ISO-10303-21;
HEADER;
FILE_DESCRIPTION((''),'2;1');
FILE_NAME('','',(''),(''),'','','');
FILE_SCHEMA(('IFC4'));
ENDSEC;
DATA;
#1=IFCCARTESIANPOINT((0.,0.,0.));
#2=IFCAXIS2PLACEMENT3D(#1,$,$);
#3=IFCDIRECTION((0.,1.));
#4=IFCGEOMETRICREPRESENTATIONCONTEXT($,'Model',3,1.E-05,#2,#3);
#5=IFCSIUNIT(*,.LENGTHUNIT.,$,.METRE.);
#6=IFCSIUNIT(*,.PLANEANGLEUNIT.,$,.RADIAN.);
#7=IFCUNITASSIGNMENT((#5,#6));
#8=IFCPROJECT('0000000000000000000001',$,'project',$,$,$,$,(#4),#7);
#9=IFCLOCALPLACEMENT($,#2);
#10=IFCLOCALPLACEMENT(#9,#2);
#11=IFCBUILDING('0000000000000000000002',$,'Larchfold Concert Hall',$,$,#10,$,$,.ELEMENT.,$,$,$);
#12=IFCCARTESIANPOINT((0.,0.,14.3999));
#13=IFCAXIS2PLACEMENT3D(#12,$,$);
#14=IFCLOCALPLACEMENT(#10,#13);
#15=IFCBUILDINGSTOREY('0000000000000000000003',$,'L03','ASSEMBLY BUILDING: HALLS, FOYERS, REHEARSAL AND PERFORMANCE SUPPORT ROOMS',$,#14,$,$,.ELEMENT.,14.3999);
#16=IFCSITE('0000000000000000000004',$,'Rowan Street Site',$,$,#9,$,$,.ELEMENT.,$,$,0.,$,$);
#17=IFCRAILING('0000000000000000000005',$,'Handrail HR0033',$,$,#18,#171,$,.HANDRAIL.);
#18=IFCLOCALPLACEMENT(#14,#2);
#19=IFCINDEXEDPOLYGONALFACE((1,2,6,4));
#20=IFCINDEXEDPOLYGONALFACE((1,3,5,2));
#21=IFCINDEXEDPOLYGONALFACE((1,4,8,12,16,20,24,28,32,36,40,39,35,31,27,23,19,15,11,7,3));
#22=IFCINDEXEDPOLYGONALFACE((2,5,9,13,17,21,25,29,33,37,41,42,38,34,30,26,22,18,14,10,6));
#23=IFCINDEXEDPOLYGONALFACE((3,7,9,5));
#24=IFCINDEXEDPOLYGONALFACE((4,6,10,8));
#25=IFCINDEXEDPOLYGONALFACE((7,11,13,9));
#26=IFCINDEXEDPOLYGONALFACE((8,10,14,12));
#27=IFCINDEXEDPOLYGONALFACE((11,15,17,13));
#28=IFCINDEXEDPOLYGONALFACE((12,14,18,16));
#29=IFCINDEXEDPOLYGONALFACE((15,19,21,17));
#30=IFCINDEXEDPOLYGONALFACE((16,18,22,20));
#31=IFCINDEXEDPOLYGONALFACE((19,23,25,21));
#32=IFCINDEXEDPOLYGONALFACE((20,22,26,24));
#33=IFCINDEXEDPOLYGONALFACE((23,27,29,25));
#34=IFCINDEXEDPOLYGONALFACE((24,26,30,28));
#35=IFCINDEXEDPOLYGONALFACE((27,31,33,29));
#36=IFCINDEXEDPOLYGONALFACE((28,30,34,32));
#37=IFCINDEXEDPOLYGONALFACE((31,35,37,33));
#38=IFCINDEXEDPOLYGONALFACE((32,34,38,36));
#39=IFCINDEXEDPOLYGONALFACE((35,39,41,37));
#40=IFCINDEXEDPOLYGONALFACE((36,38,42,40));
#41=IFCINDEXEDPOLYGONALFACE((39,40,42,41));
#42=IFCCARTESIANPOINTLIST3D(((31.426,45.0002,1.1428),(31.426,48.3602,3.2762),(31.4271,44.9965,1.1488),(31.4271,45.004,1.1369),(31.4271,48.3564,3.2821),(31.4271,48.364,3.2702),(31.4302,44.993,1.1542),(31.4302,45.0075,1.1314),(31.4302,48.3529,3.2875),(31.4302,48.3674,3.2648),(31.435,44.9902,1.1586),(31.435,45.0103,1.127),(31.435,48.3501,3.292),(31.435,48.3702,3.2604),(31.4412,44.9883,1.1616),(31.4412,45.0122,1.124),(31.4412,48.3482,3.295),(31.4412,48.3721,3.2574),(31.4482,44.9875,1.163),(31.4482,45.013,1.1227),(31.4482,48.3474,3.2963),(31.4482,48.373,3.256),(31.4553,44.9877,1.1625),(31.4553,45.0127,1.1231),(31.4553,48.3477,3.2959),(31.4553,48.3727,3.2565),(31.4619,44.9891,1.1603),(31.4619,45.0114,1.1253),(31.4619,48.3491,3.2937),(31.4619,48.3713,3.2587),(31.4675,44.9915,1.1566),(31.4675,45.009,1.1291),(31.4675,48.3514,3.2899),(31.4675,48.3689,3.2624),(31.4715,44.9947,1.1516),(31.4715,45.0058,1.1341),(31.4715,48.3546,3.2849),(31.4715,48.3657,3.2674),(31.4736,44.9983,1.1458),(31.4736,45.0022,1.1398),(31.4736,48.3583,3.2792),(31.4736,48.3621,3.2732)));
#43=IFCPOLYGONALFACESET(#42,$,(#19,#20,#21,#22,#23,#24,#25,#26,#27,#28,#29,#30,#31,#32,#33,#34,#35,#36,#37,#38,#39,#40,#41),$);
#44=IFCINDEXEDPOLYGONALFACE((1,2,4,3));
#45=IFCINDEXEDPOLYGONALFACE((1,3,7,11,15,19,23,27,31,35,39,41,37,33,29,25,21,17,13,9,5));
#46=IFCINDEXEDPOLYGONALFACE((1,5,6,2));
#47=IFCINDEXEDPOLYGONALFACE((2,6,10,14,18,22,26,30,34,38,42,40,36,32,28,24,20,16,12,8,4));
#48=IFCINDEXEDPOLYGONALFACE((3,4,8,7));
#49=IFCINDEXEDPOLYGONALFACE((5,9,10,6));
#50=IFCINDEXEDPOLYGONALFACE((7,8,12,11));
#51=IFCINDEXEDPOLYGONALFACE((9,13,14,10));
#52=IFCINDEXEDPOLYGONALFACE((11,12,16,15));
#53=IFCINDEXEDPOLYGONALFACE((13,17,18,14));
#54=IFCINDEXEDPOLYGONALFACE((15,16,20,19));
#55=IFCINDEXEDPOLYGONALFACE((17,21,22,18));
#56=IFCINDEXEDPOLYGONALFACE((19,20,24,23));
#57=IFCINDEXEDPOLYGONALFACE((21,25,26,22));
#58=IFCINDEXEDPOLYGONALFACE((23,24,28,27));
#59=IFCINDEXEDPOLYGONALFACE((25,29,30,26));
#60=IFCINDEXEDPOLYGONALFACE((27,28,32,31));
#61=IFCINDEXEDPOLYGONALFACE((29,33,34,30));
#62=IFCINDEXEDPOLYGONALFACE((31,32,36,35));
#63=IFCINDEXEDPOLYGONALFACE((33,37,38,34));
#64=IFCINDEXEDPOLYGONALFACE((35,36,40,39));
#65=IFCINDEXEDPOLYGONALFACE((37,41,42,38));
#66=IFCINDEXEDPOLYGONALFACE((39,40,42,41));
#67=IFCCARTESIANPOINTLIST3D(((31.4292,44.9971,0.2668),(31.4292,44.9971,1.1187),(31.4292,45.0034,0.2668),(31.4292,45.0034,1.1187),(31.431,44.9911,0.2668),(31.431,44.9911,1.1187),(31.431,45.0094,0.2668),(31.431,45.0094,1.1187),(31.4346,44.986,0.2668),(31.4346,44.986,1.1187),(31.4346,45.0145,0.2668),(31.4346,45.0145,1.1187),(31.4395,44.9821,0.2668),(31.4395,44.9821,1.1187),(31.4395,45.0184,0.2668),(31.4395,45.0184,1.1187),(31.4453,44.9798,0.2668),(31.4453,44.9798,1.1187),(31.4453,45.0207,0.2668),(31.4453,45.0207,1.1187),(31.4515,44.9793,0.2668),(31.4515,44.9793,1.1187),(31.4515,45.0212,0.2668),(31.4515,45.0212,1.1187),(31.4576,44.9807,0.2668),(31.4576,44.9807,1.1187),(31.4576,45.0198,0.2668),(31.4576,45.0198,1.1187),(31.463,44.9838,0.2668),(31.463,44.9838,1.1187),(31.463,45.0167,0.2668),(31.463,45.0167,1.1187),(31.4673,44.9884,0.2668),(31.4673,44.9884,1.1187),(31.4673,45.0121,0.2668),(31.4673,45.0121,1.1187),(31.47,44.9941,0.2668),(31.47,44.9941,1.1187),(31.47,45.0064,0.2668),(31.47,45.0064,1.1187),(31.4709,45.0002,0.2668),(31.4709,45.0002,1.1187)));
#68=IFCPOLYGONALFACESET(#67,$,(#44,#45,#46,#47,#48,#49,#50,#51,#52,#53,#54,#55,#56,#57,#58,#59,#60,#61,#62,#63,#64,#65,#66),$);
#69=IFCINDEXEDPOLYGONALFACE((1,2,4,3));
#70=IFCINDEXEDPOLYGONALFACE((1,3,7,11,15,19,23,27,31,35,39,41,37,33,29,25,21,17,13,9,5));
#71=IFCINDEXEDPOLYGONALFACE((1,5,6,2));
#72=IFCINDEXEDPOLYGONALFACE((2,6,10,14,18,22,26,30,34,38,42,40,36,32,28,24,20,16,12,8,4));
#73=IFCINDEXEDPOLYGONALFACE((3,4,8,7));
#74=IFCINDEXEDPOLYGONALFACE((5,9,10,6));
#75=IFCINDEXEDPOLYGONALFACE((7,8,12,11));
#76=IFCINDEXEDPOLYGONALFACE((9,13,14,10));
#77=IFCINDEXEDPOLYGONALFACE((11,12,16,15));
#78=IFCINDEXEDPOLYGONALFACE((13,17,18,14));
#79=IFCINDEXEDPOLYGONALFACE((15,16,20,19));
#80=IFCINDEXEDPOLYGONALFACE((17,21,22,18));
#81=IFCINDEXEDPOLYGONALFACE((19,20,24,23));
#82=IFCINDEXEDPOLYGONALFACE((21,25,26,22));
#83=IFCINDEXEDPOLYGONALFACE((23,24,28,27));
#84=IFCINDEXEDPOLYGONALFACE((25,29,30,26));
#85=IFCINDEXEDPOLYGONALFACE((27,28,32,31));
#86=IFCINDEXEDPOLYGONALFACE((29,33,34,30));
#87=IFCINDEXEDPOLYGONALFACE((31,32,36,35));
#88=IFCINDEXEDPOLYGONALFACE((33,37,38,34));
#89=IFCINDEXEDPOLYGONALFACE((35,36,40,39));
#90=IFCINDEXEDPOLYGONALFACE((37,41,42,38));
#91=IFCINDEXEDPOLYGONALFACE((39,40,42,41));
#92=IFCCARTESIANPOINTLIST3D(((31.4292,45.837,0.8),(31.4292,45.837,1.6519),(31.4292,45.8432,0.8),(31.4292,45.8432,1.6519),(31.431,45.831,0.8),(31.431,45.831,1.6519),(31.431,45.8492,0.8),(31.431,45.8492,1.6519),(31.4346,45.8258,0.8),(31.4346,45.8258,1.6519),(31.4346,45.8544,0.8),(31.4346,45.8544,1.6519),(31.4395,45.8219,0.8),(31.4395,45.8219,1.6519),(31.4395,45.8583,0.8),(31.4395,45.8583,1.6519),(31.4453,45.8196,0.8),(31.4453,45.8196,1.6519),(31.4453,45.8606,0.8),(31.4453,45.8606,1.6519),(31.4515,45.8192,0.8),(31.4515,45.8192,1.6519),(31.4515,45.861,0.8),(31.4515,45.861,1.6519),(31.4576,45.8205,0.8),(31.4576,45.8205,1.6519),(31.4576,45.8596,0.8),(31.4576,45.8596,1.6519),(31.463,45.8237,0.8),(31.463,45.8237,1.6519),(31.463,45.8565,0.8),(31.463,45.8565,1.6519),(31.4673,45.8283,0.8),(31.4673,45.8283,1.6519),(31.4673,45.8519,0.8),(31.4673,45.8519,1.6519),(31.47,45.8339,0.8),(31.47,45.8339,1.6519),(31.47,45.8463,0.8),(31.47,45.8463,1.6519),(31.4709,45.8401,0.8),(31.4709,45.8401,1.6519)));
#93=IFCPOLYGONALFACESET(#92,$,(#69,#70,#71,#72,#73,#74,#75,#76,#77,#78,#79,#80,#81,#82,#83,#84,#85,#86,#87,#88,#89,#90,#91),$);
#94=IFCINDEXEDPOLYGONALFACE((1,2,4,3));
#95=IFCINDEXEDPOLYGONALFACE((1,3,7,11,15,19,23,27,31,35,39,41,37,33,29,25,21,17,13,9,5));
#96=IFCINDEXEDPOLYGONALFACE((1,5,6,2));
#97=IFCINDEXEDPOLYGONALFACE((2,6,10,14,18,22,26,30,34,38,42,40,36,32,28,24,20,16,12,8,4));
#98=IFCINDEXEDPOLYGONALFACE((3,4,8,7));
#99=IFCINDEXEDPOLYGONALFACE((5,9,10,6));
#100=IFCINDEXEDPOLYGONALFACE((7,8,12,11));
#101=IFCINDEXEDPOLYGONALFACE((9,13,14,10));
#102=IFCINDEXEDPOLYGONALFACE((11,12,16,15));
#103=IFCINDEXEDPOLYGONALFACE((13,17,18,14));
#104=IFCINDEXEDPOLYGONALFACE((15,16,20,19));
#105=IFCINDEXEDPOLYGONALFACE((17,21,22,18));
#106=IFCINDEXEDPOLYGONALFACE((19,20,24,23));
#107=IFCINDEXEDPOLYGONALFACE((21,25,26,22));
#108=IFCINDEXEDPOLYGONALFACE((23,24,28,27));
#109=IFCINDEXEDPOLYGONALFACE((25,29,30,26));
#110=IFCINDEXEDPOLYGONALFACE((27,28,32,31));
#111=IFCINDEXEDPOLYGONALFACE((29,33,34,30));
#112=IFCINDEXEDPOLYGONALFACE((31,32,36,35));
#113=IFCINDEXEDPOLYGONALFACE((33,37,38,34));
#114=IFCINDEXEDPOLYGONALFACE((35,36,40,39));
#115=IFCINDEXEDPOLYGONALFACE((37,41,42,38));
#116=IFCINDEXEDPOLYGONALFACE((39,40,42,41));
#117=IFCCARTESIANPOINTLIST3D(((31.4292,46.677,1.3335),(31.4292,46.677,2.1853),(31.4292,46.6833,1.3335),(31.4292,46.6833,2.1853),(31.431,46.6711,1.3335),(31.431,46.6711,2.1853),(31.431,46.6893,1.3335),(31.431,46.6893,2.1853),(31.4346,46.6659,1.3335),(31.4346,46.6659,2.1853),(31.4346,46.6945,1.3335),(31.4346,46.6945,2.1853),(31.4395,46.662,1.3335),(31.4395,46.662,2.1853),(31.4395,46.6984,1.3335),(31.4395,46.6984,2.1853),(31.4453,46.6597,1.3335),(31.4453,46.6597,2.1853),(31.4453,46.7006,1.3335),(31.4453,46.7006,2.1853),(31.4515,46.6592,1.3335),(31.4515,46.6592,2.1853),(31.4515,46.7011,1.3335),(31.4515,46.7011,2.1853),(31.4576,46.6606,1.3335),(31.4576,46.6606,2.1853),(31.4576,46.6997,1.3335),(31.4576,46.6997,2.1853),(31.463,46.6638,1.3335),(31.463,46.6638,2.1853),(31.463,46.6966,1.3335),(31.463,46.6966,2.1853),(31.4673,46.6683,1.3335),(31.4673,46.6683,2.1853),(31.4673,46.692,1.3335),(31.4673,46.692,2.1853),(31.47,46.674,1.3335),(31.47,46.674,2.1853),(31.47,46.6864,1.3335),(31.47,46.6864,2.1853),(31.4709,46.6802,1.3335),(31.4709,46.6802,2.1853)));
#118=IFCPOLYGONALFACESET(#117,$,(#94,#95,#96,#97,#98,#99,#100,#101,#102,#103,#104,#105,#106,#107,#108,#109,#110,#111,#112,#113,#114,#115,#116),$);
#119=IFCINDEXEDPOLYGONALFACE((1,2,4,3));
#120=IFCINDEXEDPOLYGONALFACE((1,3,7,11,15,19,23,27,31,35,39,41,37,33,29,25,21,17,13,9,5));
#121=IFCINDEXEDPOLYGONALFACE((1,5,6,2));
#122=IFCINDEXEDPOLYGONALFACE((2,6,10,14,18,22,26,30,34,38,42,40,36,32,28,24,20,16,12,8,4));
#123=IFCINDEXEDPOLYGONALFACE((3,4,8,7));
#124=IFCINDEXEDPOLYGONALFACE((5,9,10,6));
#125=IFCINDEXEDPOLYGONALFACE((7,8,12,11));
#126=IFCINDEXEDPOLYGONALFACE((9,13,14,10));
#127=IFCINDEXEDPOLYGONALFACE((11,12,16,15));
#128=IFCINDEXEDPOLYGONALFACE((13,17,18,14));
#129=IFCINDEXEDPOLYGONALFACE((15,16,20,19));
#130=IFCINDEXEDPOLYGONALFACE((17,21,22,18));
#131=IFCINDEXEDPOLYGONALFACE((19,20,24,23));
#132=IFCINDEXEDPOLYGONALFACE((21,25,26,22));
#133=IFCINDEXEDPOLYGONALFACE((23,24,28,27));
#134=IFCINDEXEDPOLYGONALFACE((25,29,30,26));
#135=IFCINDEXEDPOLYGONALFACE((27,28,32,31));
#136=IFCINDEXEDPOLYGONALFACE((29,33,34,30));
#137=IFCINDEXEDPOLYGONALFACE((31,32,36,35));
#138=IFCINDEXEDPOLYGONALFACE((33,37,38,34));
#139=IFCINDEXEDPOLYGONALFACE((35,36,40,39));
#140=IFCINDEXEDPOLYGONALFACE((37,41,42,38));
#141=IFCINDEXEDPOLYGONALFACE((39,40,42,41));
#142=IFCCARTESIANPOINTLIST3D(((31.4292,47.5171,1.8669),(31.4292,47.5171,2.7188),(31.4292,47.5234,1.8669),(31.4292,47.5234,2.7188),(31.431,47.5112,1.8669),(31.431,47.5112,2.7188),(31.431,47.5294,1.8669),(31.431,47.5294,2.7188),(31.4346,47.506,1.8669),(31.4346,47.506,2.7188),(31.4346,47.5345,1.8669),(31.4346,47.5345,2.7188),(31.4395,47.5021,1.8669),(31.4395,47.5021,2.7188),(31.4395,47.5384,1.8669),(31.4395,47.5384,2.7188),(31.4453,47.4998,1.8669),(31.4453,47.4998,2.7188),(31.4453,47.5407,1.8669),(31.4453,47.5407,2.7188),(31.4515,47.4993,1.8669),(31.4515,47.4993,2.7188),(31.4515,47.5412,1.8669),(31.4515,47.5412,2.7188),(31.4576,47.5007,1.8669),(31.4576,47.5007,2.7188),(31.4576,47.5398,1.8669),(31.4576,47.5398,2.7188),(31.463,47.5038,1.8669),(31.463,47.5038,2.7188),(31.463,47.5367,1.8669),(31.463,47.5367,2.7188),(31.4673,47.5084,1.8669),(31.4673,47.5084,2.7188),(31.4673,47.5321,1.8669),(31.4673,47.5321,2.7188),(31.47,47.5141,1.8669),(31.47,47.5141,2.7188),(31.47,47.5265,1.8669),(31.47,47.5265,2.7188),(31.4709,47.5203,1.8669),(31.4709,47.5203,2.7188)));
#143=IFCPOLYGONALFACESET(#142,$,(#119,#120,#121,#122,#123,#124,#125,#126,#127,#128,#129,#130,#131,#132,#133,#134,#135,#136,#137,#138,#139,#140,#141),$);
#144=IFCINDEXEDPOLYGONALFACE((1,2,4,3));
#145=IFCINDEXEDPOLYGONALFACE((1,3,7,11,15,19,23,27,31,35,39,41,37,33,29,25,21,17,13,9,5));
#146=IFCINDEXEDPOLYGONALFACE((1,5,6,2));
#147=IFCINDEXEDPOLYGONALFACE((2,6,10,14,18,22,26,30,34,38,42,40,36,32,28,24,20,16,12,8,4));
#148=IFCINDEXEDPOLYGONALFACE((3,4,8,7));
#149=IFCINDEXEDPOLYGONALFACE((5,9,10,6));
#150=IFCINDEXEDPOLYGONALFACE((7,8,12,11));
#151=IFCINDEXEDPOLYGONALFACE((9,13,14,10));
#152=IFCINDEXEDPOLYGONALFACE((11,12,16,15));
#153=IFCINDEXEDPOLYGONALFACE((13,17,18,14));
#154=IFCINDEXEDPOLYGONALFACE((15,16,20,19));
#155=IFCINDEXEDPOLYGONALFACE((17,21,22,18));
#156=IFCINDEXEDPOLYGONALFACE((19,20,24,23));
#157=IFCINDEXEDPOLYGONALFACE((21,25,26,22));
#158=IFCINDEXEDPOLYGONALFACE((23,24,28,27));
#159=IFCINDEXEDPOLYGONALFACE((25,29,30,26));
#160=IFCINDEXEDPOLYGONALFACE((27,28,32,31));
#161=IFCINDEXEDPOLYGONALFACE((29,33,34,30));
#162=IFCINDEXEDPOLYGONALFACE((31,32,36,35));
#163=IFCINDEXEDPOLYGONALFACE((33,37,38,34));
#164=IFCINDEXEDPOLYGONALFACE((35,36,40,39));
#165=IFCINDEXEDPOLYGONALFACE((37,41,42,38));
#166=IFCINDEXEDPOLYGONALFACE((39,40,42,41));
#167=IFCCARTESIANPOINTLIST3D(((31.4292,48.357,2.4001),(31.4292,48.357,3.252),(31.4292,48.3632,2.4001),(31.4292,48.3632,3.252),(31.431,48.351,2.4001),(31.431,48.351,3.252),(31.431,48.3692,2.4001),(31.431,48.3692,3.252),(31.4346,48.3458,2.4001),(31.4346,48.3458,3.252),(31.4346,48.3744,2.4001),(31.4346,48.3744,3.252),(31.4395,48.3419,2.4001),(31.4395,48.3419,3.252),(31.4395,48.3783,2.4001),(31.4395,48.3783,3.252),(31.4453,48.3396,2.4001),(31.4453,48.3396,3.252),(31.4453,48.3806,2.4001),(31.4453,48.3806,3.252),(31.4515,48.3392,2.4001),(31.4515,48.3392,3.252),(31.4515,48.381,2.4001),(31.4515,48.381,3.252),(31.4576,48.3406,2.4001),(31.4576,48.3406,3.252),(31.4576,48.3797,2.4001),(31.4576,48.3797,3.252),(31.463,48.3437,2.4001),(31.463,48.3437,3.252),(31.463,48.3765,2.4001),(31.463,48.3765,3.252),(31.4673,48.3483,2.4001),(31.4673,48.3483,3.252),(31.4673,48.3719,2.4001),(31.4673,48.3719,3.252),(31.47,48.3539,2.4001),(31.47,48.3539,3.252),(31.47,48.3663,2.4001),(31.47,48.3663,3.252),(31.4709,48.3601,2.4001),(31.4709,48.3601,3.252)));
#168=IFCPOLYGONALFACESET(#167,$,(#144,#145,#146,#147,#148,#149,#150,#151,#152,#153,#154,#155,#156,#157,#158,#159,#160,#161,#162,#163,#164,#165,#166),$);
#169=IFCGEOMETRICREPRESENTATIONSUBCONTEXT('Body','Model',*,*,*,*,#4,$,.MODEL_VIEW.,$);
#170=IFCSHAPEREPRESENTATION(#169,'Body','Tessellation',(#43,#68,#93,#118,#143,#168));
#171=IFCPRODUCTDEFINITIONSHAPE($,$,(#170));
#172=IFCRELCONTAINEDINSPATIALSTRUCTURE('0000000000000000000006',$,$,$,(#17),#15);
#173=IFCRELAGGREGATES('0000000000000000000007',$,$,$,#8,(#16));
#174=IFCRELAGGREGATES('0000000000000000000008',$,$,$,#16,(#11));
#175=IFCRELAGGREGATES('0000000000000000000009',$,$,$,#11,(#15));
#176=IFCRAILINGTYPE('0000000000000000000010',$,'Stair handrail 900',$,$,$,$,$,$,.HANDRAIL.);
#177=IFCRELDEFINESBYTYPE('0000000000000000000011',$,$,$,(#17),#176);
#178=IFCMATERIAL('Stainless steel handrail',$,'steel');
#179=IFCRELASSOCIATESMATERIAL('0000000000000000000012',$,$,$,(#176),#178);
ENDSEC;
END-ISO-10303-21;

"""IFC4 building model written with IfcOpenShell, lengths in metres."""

from ifc_helpers import new_model, si_unit, direction, frame, origin, origin_2d, place, context, subcontext, project, spatial, circle, extrude, material, type_object, element, save


model = new_model("IFC4")

# Units and contexts
model_context = context("Model", 3, precision=1e-05, world=origin(), true_north=direction((0.0, 1.0)))
body_context = subcontext(model_context, "Body", "Model", "MODEL_VIEW")
ifc_project = project(units=[si_unit("LENGTHUNIT", "METRE"), si_unit("PLANEANGLEUNIT", "RADIAN")], contexts=[model_context])

# Site, building, storey
site_placement = place(None, origin())
site = spatial("IfcSite", under=ifc_project, at=site_placement, Name="Rowan Street Site", CompositionType="ELEMENT", RefElevation=0.0)
building_placement = place(site_placement, origin())
building = spatial("IfcBuilding", under=site, at=building_placement, Name="Larchfold Concert Hall", CompositionType="ELEMENT")
storey_placement = place(building_placement, frame((0.0, 0.0, 14.3999)))
storey = spatial("IfcBuildingStorey", under=building, at=storey_placement, Name="L03", Description="ASSEMBLY BUILDING: HALLS, FOYERS, REHEARSAL AND PERFORMANCE SUPPORT ROOMS", CompositionType="ELEMENT", Elevation=14.3999)

# Railing
ifc_material_1 = material(Name="Stainless steel handrail", Category="steel")
railing_type_1 = type_object("IfcRailingType", Name="Stair handrail 900", PredefinedType="HANDRAIL", material=ifc_material_1)
railing_1_placement = place(storey_placement, frame((31.45, 45.0002, 0.2668)))
element("IfcRailing", 1, at=railing_1_placement, inside=storey, type_object=railing_type_1, Name="Handrail HR0033", PredefinedType="HANDRAIL", context=body_context, shape_type="SweptSolid", body=[
    extrude(circle(Radius=0.0239, at=origin_2d()), frame((0.0, 0.0, 0.876), z_axis=(0.0, 0.844207, 0.536018), x_axis=(-1.0, 0.0, 0.0)), (0.0, 0.0, 1.0), 3.98),
    extrude(circle(Radius=0.021, at=origin_2d()), origin(), (0.0, 0.0, 1.0), 0.8518),
    extrude(circle(Radius=0.021, at=origin_2d()), frame((0.0, 0.8398, 0.5332)), (0.0, 0.0, 1.0), 0.8518),
    extrude(circle(Radius=0.021, at=origin_2d()), frame((0.0, 1.6799, 1.0667)), (0.0, 0.0, 1.0), 0.8518),
    extrude(circle(Radius=0.021, at=origin_2d()), frame((0.0, 2.52, 1.6001)), (0.0, 0.0, 1.0), 0.8518),
    extrude(circle(Radius=0.021, at=origin_2d()), frame((0.0, 3.3599, 2.1333)), (0.0, 0.0, 1.0), 0.8518),
])

save(model, "model.ifc")
